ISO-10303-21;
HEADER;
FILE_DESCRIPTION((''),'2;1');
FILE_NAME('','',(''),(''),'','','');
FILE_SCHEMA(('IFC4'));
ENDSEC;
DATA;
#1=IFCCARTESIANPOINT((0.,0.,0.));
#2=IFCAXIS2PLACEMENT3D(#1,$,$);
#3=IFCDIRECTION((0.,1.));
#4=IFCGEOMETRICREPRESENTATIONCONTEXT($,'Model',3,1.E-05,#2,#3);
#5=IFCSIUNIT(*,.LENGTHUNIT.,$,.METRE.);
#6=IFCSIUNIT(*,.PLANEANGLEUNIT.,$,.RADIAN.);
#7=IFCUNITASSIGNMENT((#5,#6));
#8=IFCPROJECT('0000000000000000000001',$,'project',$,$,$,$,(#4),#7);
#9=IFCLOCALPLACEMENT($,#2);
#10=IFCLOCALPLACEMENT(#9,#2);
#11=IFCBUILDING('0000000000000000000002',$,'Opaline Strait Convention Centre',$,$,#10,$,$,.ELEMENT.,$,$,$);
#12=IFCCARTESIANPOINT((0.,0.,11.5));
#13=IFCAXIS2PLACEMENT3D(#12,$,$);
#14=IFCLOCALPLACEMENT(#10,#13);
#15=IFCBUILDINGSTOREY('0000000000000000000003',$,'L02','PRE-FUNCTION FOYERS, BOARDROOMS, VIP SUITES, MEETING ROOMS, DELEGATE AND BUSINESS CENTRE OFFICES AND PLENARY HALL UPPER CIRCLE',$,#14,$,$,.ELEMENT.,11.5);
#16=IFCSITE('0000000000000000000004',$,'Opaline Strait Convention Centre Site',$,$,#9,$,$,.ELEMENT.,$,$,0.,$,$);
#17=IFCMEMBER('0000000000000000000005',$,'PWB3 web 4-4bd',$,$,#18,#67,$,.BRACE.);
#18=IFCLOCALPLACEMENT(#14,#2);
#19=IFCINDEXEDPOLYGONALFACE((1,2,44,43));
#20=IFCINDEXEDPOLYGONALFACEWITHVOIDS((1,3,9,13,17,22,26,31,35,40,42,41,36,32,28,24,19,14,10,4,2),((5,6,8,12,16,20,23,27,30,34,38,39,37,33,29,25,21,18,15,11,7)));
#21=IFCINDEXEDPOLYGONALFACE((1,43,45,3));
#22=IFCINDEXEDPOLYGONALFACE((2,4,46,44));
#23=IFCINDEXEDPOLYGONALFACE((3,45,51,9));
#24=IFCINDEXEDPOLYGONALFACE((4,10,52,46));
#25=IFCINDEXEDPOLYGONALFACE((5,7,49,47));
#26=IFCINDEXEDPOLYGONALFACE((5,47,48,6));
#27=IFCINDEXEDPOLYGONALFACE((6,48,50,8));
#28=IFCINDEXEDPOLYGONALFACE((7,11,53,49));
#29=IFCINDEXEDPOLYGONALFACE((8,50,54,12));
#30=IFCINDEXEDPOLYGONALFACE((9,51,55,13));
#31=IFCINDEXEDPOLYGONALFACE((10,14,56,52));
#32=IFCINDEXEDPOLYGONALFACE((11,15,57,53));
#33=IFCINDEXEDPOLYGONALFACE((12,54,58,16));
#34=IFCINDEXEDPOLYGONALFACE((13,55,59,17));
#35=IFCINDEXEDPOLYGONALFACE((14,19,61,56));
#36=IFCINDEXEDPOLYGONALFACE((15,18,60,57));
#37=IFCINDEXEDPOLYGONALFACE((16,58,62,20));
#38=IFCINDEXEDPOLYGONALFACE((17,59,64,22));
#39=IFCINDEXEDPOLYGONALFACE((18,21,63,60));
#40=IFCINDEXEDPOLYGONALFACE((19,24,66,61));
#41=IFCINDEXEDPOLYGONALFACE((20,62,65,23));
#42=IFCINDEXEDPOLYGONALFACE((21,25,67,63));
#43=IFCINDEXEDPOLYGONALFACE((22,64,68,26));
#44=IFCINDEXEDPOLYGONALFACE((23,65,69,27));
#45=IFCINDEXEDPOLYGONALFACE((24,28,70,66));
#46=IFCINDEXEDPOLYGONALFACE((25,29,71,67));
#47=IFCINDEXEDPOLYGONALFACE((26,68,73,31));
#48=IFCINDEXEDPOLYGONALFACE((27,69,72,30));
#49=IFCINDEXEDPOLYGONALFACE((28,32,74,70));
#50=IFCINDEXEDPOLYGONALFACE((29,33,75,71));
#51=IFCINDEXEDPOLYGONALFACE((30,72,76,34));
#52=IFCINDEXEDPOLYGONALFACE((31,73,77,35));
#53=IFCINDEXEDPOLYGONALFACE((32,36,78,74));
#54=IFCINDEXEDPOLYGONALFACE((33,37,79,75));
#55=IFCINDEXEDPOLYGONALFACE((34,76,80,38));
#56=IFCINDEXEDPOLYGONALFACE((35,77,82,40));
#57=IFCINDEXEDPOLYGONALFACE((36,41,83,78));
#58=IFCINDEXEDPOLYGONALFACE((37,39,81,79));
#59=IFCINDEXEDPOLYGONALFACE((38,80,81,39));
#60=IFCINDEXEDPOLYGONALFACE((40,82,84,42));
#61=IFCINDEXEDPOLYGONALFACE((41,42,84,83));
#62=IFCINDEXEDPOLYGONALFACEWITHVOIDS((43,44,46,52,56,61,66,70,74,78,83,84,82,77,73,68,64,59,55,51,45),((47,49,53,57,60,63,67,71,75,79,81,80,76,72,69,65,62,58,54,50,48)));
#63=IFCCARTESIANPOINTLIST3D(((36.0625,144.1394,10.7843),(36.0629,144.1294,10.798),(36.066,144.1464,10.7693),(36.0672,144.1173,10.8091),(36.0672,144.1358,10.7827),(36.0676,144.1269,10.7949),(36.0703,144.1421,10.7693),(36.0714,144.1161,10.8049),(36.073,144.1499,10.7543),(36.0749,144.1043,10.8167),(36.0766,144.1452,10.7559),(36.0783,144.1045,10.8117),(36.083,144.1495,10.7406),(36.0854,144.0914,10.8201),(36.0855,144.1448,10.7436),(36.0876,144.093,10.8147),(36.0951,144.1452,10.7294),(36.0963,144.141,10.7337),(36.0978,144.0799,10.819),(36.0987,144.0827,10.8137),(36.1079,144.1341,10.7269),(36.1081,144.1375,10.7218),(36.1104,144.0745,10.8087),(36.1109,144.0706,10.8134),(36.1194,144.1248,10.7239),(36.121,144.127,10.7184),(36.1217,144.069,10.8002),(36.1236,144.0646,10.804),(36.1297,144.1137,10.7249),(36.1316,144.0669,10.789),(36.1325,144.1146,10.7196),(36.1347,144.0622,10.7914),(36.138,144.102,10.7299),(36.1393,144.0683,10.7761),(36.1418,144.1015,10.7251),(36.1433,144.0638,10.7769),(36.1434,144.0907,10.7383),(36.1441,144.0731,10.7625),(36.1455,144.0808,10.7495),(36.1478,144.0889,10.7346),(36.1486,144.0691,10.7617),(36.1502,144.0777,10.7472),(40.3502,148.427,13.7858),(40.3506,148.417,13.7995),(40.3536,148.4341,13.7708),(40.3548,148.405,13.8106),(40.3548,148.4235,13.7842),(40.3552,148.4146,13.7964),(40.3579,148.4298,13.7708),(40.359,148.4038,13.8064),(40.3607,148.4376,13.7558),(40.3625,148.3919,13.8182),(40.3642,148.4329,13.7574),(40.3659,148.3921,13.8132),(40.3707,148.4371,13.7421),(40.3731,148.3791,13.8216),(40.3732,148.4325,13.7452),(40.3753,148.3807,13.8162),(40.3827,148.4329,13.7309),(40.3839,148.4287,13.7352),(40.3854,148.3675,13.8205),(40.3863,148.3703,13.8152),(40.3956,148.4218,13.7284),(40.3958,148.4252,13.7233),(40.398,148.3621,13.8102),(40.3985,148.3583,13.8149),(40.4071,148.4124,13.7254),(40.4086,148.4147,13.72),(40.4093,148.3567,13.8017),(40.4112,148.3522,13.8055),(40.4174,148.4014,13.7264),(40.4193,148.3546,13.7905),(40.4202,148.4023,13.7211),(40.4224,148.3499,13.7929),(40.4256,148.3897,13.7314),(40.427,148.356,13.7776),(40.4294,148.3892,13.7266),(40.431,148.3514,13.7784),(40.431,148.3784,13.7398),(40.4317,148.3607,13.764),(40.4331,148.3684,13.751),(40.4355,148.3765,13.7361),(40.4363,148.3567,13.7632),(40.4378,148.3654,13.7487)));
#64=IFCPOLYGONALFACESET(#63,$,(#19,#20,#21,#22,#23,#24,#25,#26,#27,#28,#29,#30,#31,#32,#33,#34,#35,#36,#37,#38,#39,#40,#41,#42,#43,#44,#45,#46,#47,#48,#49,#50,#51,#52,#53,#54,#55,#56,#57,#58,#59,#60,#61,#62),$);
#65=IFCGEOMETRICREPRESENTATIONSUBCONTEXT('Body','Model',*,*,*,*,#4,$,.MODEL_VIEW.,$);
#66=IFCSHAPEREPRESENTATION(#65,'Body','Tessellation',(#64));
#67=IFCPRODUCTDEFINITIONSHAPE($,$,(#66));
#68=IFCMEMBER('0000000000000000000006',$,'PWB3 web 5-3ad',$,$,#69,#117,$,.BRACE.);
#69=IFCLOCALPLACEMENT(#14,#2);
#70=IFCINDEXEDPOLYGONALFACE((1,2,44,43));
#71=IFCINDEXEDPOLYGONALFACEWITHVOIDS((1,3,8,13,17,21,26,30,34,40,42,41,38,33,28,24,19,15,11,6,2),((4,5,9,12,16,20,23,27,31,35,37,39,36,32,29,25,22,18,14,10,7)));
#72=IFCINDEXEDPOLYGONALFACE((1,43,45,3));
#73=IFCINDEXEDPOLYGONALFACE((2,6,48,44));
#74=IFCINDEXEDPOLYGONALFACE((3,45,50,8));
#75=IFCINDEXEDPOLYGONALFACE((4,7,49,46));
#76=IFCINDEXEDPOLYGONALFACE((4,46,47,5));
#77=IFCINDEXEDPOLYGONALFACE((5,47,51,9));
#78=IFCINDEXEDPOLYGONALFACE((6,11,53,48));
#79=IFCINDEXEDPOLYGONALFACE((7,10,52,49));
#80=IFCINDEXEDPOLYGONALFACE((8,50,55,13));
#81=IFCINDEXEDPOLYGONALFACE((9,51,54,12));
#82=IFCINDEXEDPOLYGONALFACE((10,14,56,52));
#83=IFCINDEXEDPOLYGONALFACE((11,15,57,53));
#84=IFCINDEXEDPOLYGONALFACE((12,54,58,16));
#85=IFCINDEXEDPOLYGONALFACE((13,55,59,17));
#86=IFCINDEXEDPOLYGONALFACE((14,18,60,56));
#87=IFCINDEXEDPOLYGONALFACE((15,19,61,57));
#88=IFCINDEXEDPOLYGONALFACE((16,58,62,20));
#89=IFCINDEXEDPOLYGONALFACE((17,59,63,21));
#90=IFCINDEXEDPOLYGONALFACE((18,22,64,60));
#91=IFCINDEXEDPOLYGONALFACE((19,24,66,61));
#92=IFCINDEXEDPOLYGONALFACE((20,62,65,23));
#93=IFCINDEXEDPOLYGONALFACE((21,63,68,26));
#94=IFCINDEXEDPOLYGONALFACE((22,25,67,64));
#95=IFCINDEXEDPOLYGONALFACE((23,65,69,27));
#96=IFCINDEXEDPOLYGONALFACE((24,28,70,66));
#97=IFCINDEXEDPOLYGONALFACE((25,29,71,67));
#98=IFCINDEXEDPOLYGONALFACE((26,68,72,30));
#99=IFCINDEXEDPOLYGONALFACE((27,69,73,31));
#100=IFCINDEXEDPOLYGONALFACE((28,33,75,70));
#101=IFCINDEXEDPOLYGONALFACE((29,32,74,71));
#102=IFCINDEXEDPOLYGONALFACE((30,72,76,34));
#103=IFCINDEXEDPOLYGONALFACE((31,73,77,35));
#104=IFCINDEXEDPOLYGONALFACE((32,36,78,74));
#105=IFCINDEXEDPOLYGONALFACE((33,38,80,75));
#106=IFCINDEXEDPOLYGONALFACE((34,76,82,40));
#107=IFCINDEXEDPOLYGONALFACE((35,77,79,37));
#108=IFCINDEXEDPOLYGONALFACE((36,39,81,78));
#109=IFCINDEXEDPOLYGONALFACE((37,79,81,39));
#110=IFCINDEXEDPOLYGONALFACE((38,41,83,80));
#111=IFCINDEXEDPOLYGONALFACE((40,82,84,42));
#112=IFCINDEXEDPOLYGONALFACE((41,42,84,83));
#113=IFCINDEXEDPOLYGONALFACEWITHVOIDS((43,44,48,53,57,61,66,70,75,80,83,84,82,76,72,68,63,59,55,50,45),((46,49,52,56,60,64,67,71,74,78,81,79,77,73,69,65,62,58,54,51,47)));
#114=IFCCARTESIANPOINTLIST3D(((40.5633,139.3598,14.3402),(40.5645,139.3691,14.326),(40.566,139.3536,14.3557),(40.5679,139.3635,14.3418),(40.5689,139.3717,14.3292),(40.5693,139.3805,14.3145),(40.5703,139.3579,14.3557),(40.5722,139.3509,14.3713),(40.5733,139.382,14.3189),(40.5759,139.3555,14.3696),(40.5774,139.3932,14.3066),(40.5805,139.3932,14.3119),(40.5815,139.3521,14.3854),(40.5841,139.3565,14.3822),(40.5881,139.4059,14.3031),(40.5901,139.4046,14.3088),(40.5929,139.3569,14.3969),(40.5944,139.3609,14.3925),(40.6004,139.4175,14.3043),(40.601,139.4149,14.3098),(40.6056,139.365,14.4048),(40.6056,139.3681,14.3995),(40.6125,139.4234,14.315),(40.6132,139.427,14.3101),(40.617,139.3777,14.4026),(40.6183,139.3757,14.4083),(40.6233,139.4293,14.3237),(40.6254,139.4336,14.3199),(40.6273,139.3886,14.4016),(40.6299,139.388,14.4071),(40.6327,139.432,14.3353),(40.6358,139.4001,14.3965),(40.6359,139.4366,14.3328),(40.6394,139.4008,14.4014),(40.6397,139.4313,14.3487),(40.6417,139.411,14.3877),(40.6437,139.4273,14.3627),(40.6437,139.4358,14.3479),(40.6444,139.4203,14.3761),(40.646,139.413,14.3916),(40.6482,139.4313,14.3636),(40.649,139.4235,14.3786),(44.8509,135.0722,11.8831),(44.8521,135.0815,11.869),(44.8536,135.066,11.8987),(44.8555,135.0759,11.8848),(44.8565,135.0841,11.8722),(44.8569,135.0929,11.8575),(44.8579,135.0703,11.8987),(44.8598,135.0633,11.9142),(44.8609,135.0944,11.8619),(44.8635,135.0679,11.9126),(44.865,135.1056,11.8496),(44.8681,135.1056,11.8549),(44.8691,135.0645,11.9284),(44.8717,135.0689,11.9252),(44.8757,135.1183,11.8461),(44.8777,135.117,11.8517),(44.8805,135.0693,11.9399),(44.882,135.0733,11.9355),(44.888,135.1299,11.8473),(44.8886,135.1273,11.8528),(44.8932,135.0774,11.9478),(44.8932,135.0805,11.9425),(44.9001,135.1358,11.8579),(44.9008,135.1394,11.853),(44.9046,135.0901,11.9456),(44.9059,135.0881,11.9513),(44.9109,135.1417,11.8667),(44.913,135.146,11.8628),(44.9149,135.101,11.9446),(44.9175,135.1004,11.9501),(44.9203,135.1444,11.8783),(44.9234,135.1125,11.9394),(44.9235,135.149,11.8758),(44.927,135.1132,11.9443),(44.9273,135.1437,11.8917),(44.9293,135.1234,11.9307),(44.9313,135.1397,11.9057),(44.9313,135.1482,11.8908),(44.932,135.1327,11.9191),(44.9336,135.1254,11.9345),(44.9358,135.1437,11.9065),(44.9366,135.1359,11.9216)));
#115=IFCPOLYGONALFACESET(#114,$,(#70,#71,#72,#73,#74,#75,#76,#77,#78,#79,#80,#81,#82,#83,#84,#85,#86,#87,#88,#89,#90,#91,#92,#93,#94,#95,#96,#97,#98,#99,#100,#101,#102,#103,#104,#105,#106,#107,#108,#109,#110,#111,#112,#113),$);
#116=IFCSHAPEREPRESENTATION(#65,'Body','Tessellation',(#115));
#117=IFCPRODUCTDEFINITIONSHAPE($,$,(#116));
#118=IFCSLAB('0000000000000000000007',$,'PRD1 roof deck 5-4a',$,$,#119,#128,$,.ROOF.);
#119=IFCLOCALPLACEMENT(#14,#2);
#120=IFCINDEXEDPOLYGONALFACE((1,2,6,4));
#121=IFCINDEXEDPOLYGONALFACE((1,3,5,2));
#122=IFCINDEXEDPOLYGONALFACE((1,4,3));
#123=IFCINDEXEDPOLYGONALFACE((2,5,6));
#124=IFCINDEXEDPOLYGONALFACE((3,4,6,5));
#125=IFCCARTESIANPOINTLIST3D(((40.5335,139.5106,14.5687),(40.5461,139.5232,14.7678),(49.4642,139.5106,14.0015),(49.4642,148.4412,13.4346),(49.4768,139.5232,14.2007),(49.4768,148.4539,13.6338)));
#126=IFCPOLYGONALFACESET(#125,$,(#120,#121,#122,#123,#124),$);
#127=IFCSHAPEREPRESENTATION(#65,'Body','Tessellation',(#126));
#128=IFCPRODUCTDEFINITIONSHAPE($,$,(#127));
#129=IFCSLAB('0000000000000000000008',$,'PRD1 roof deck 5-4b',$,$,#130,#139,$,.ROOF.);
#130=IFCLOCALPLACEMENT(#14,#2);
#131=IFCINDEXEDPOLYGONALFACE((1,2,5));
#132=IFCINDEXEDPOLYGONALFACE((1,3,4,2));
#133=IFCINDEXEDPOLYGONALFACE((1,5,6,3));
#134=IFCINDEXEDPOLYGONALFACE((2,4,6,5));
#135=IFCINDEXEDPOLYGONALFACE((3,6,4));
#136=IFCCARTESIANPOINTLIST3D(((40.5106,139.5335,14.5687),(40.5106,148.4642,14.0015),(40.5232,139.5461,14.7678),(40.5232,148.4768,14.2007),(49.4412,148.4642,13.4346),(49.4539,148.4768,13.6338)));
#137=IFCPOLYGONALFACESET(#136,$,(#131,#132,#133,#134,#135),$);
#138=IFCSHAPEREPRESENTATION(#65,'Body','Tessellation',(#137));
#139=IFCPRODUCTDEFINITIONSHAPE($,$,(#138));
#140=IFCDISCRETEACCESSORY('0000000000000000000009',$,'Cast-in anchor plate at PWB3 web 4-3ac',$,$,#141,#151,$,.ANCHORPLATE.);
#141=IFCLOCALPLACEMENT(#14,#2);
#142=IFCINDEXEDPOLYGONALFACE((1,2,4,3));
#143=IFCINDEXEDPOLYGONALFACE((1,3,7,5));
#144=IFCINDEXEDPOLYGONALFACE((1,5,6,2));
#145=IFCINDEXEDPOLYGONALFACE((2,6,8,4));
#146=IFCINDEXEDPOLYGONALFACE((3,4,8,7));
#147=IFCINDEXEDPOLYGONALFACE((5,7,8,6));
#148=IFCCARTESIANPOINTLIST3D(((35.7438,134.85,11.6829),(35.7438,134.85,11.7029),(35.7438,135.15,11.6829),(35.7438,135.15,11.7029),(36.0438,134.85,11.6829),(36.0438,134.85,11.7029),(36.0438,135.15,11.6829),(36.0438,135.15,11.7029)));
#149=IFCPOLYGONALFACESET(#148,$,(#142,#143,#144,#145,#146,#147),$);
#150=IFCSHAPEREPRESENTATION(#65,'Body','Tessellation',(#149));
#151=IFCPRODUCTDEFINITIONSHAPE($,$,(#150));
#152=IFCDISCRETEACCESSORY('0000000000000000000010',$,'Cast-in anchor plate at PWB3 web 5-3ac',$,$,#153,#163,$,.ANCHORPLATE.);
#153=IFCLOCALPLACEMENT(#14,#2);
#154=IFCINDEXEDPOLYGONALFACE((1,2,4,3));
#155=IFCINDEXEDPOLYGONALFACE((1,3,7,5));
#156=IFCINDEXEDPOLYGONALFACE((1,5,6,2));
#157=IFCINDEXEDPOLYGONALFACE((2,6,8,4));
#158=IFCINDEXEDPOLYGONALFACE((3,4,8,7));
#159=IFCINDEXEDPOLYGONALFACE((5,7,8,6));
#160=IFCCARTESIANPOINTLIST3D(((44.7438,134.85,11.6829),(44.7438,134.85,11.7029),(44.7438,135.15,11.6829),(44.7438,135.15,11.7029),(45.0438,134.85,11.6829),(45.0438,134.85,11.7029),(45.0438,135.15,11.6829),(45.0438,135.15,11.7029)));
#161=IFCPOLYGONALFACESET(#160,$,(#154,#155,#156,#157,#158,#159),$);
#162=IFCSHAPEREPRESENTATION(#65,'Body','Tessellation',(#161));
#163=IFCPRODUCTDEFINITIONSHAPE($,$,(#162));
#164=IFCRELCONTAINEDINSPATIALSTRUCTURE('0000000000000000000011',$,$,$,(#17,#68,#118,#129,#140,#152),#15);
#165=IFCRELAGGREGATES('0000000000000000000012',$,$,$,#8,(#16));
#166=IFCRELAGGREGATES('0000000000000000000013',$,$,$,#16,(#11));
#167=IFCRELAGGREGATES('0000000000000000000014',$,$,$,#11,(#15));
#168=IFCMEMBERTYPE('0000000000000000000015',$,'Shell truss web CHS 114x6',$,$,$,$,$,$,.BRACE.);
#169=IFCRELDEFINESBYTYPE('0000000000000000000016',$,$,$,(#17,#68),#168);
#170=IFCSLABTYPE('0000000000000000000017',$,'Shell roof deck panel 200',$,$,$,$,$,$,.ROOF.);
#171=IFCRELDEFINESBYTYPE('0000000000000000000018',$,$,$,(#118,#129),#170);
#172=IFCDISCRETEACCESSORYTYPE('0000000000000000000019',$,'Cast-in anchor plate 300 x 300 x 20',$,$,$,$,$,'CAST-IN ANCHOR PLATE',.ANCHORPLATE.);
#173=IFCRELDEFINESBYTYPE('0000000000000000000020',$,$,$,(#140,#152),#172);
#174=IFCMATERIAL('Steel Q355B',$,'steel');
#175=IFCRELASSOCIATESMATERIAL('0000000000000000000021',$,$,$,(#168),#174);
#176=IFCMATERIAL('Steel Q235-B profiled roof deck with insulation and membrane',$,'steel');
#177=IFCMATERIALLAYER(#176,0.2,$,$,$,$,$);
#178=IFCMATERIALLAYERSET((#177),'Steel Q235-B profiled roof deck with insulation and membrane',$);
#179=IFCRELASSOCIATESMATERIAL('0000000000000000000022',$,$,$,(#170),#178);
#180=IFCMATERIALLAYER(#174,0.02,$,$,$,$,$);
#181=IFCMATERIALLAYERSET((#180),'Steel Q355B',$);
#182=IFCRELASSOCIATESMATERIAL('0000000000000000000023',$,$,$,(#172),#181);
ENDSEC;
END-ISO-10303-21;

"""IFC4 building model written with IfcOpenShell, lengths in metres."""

from ifc_helpers import new_model, si_unit, direction, frame, origin, origin_2d, place, context, subcontext, project, spatial, polyline, rectangle, hollow_circle, outline, extrude, material, layer, layer_set, material_profile, profile_set, type_object, element, save


model = new_model("IFC4")

# Units and contexts
model_context = context("Model", 3, precision=1e-05, world=origin(), true_north=direction((0.0, 1.0)))
body_context = subcontext(model_context, "Body", "Model", "MODEL_VIEW")
ifc_project = project(units=[si_unit("LENGTHUNIT", "METRE"), si_unit("PLANEANGLEUNIT", "RADIAN")], contexts=[model_context])

# Site, building, storey
site_placement = place(None, origin())
site = spatial("IfcSite", under=ifc_project, at=site_placement, Name="Opaline Strait Convention Centre Site", CompositionType="ELEMENT", RefElevation=0.0)
building_placement = place(site_placement, origin())
building = spatial("IfcBuilding", under=site, at=building_placement, Name="Opaline Strait Convention Centre", CompositionType="ELEMENT")
storey_placement = place(building_placement, frame((0.0, 0.0, 11.5)))
storey = spatial("IfcBuildingStorey", under=building, at=storey_placement, Name="L02", Description="PRE-FUNCTION FOYERS, BOARDROOMS, VIP SUITES, MEETING ROOMS, DELEGATE AND BUSINESS CENTRE OFFICES AND PLENARY HALL UPPER CIRCLE", CompositionType="ELEMENT", Elevation=11.5)

# Members
ifc_material_1 = material(Name="Steel Q355B", Category="steel")
ifc_material_profile_1 = material_profile(ifc_material_1, hollow_circle(Radius=0.0569, WallThickness=0.0061, at=origin_2d()), Name="CHS 114x6")
ifc_profile_set_1 = profile_set([ifc_material_profile_1], Name="Steel Q355B")
member_type_1 = type_object("IfcMemberType", Name="Shell truss web CHS 114x6", PredefinedType="BRACE", material=ifc_profile_set_1)
member_1_placement = place(storey_placement, frame((36.1062, 144.1062, 10.7693), z_axis=(0.633718, 0.633718, 0.443624), x_axis=(-0.707107, 0.707107, 0.0)))
element("IfcMember", 1, at=member_1_placement, inside=storey, type_object=member_type_1, Name="PWB3 web 4-4bd", PredefinedType="BRACE", context=body_context, shape_type="SweptSolid", body=[
    extrude(hollow_circle(Radius=0.0569, WallThickness=0.0061, at=origin_2d()), origin(), (0.0, 0.0, 1.0), 6.7659),
])
member_2_placement = place(storey_placement, frame((44.8938, 135.1062, 11.8987), z_axis=(-0.655348, 0.655348, 0.375551), x_axis=(-0.707107, -0.707107, 0.0)))
element("IfcMember", 2, at=member_2_placement, inside=storey, type_object=member_type_1, Name="PWB3 web 5-3ad", PredefinedType="BRACE", context=body_context, shape_type="SweptSolid", body=[
    extrude(hollow_circle(Radius=0.0569, WallThickness=0.0061, at=origin_2d()), origin(), (0.0, 0.0, 1.0), 6.5425),
])

# Slabs
ifc_material_2 = material(Name="Steel Q235-B profiled roof deck with insulation and membrane", Category="steel")
ifc_layer_1 = layer(ifc_material_2, 0.2)
ifc_layer_set_1 = layer_set([ifc_layer_1], Name="Steel Q235-B profiled roof deck with insulation and membrane")
slab_type = type_object("IfcSlabType", Name="Shell roof deck panel 200", PredefinedType="ROOF", material=ifc_layer_set_1)
slab_1_placement = place(storey_placement, frame((40.5461, 139.5232, 14.7678), z_axis=(0.06325, 0.063223, 0.995993), x_axis=(0.99799, 0.0, -0.063377)))
element("IfcSlab", 3, at=slab_1_placement, inside=storey, type_object=slab_type, Name="PRD1 roof deck 5-4a", PredefinedType="ROOF", context=body_context, shape_type="SweptSolid", body=[
    extrude(outline(polyline([(0.0, 0.0), (8.9487, 0.0), (8.9846, 8.9486), (0.0, 0.0)])), origin(), (0.0, 0.0, -1.0), 0.2),
])
slab_2_placement = place(storey_placement, frame((40.5232, 139.5461, 14.7678), z_axis=(0.063223, 0.06325, 0.995993), x_axis=(0.704273, 0.704273, -0.08943)))
element("IfcSlab", 4, at=slab_2_placement, inside=storey, type_object=slab_type, Name="PRD1 roof deck 5-4b", PredefinedType="ROOF", context=body_context, shape_type="SweptSolid", body=[
    extrude(outline(polyline([(0.0, 0.0), (12.6807, 0.0), (6.3403, 6.3149), (0.0, 0.0)])), origin(), (0.0, 0.0, -1.0), 0.2),
])

# Discrete accessories
ifc_layer_2 = layer(ifc_material_1, 0.02)
ifc_layer_set_2 = layer_set([ifc_layer_2], Name="Steel Q355B")
discrete_accessory_type = type_object("IfcDiscreteAccessoryType", Name="Cast-in anchor plate 300 x 300 x 20", ElementType="CAST-IN ANCHOR PLATE", PredefinedType="ANCHORPLATE", material=ifc_layer_set_2)
for number, where, z_axis, x_axis, name in (
    (5, (35.8938, 135.0, 11.6829), (0.0, 0.0, 1.0), (1.0, 0.0, 0.0), "Cast-in anchor plate at PWB3 web 4-3ac"),
    (6, (44.8938, 135.0, 11.6829), (0.0, 0.0, 1.0), (1.0, 0.0, 0.0), "Cast-in anchor plate at PWB3 web 5-3ac"),
):
    element("IfcDiscreteAccessory", number, at=place(storey_placement, frame(where, z_axis=z_axis, x_axis=x_axis)), inside=storey, type_object=discrete_accessory_type, Name=name, PredefinedType="ANCHORPLATE", context=body_context, shape_type="SweptSolid", body=[
        extrude(rectangle(XDim=0.3, YDim=0.3, at=origin_2d()), origin(), (0.0, 0.0, 1.0), 0.02),
    ])

save(model, "model.ifc")
